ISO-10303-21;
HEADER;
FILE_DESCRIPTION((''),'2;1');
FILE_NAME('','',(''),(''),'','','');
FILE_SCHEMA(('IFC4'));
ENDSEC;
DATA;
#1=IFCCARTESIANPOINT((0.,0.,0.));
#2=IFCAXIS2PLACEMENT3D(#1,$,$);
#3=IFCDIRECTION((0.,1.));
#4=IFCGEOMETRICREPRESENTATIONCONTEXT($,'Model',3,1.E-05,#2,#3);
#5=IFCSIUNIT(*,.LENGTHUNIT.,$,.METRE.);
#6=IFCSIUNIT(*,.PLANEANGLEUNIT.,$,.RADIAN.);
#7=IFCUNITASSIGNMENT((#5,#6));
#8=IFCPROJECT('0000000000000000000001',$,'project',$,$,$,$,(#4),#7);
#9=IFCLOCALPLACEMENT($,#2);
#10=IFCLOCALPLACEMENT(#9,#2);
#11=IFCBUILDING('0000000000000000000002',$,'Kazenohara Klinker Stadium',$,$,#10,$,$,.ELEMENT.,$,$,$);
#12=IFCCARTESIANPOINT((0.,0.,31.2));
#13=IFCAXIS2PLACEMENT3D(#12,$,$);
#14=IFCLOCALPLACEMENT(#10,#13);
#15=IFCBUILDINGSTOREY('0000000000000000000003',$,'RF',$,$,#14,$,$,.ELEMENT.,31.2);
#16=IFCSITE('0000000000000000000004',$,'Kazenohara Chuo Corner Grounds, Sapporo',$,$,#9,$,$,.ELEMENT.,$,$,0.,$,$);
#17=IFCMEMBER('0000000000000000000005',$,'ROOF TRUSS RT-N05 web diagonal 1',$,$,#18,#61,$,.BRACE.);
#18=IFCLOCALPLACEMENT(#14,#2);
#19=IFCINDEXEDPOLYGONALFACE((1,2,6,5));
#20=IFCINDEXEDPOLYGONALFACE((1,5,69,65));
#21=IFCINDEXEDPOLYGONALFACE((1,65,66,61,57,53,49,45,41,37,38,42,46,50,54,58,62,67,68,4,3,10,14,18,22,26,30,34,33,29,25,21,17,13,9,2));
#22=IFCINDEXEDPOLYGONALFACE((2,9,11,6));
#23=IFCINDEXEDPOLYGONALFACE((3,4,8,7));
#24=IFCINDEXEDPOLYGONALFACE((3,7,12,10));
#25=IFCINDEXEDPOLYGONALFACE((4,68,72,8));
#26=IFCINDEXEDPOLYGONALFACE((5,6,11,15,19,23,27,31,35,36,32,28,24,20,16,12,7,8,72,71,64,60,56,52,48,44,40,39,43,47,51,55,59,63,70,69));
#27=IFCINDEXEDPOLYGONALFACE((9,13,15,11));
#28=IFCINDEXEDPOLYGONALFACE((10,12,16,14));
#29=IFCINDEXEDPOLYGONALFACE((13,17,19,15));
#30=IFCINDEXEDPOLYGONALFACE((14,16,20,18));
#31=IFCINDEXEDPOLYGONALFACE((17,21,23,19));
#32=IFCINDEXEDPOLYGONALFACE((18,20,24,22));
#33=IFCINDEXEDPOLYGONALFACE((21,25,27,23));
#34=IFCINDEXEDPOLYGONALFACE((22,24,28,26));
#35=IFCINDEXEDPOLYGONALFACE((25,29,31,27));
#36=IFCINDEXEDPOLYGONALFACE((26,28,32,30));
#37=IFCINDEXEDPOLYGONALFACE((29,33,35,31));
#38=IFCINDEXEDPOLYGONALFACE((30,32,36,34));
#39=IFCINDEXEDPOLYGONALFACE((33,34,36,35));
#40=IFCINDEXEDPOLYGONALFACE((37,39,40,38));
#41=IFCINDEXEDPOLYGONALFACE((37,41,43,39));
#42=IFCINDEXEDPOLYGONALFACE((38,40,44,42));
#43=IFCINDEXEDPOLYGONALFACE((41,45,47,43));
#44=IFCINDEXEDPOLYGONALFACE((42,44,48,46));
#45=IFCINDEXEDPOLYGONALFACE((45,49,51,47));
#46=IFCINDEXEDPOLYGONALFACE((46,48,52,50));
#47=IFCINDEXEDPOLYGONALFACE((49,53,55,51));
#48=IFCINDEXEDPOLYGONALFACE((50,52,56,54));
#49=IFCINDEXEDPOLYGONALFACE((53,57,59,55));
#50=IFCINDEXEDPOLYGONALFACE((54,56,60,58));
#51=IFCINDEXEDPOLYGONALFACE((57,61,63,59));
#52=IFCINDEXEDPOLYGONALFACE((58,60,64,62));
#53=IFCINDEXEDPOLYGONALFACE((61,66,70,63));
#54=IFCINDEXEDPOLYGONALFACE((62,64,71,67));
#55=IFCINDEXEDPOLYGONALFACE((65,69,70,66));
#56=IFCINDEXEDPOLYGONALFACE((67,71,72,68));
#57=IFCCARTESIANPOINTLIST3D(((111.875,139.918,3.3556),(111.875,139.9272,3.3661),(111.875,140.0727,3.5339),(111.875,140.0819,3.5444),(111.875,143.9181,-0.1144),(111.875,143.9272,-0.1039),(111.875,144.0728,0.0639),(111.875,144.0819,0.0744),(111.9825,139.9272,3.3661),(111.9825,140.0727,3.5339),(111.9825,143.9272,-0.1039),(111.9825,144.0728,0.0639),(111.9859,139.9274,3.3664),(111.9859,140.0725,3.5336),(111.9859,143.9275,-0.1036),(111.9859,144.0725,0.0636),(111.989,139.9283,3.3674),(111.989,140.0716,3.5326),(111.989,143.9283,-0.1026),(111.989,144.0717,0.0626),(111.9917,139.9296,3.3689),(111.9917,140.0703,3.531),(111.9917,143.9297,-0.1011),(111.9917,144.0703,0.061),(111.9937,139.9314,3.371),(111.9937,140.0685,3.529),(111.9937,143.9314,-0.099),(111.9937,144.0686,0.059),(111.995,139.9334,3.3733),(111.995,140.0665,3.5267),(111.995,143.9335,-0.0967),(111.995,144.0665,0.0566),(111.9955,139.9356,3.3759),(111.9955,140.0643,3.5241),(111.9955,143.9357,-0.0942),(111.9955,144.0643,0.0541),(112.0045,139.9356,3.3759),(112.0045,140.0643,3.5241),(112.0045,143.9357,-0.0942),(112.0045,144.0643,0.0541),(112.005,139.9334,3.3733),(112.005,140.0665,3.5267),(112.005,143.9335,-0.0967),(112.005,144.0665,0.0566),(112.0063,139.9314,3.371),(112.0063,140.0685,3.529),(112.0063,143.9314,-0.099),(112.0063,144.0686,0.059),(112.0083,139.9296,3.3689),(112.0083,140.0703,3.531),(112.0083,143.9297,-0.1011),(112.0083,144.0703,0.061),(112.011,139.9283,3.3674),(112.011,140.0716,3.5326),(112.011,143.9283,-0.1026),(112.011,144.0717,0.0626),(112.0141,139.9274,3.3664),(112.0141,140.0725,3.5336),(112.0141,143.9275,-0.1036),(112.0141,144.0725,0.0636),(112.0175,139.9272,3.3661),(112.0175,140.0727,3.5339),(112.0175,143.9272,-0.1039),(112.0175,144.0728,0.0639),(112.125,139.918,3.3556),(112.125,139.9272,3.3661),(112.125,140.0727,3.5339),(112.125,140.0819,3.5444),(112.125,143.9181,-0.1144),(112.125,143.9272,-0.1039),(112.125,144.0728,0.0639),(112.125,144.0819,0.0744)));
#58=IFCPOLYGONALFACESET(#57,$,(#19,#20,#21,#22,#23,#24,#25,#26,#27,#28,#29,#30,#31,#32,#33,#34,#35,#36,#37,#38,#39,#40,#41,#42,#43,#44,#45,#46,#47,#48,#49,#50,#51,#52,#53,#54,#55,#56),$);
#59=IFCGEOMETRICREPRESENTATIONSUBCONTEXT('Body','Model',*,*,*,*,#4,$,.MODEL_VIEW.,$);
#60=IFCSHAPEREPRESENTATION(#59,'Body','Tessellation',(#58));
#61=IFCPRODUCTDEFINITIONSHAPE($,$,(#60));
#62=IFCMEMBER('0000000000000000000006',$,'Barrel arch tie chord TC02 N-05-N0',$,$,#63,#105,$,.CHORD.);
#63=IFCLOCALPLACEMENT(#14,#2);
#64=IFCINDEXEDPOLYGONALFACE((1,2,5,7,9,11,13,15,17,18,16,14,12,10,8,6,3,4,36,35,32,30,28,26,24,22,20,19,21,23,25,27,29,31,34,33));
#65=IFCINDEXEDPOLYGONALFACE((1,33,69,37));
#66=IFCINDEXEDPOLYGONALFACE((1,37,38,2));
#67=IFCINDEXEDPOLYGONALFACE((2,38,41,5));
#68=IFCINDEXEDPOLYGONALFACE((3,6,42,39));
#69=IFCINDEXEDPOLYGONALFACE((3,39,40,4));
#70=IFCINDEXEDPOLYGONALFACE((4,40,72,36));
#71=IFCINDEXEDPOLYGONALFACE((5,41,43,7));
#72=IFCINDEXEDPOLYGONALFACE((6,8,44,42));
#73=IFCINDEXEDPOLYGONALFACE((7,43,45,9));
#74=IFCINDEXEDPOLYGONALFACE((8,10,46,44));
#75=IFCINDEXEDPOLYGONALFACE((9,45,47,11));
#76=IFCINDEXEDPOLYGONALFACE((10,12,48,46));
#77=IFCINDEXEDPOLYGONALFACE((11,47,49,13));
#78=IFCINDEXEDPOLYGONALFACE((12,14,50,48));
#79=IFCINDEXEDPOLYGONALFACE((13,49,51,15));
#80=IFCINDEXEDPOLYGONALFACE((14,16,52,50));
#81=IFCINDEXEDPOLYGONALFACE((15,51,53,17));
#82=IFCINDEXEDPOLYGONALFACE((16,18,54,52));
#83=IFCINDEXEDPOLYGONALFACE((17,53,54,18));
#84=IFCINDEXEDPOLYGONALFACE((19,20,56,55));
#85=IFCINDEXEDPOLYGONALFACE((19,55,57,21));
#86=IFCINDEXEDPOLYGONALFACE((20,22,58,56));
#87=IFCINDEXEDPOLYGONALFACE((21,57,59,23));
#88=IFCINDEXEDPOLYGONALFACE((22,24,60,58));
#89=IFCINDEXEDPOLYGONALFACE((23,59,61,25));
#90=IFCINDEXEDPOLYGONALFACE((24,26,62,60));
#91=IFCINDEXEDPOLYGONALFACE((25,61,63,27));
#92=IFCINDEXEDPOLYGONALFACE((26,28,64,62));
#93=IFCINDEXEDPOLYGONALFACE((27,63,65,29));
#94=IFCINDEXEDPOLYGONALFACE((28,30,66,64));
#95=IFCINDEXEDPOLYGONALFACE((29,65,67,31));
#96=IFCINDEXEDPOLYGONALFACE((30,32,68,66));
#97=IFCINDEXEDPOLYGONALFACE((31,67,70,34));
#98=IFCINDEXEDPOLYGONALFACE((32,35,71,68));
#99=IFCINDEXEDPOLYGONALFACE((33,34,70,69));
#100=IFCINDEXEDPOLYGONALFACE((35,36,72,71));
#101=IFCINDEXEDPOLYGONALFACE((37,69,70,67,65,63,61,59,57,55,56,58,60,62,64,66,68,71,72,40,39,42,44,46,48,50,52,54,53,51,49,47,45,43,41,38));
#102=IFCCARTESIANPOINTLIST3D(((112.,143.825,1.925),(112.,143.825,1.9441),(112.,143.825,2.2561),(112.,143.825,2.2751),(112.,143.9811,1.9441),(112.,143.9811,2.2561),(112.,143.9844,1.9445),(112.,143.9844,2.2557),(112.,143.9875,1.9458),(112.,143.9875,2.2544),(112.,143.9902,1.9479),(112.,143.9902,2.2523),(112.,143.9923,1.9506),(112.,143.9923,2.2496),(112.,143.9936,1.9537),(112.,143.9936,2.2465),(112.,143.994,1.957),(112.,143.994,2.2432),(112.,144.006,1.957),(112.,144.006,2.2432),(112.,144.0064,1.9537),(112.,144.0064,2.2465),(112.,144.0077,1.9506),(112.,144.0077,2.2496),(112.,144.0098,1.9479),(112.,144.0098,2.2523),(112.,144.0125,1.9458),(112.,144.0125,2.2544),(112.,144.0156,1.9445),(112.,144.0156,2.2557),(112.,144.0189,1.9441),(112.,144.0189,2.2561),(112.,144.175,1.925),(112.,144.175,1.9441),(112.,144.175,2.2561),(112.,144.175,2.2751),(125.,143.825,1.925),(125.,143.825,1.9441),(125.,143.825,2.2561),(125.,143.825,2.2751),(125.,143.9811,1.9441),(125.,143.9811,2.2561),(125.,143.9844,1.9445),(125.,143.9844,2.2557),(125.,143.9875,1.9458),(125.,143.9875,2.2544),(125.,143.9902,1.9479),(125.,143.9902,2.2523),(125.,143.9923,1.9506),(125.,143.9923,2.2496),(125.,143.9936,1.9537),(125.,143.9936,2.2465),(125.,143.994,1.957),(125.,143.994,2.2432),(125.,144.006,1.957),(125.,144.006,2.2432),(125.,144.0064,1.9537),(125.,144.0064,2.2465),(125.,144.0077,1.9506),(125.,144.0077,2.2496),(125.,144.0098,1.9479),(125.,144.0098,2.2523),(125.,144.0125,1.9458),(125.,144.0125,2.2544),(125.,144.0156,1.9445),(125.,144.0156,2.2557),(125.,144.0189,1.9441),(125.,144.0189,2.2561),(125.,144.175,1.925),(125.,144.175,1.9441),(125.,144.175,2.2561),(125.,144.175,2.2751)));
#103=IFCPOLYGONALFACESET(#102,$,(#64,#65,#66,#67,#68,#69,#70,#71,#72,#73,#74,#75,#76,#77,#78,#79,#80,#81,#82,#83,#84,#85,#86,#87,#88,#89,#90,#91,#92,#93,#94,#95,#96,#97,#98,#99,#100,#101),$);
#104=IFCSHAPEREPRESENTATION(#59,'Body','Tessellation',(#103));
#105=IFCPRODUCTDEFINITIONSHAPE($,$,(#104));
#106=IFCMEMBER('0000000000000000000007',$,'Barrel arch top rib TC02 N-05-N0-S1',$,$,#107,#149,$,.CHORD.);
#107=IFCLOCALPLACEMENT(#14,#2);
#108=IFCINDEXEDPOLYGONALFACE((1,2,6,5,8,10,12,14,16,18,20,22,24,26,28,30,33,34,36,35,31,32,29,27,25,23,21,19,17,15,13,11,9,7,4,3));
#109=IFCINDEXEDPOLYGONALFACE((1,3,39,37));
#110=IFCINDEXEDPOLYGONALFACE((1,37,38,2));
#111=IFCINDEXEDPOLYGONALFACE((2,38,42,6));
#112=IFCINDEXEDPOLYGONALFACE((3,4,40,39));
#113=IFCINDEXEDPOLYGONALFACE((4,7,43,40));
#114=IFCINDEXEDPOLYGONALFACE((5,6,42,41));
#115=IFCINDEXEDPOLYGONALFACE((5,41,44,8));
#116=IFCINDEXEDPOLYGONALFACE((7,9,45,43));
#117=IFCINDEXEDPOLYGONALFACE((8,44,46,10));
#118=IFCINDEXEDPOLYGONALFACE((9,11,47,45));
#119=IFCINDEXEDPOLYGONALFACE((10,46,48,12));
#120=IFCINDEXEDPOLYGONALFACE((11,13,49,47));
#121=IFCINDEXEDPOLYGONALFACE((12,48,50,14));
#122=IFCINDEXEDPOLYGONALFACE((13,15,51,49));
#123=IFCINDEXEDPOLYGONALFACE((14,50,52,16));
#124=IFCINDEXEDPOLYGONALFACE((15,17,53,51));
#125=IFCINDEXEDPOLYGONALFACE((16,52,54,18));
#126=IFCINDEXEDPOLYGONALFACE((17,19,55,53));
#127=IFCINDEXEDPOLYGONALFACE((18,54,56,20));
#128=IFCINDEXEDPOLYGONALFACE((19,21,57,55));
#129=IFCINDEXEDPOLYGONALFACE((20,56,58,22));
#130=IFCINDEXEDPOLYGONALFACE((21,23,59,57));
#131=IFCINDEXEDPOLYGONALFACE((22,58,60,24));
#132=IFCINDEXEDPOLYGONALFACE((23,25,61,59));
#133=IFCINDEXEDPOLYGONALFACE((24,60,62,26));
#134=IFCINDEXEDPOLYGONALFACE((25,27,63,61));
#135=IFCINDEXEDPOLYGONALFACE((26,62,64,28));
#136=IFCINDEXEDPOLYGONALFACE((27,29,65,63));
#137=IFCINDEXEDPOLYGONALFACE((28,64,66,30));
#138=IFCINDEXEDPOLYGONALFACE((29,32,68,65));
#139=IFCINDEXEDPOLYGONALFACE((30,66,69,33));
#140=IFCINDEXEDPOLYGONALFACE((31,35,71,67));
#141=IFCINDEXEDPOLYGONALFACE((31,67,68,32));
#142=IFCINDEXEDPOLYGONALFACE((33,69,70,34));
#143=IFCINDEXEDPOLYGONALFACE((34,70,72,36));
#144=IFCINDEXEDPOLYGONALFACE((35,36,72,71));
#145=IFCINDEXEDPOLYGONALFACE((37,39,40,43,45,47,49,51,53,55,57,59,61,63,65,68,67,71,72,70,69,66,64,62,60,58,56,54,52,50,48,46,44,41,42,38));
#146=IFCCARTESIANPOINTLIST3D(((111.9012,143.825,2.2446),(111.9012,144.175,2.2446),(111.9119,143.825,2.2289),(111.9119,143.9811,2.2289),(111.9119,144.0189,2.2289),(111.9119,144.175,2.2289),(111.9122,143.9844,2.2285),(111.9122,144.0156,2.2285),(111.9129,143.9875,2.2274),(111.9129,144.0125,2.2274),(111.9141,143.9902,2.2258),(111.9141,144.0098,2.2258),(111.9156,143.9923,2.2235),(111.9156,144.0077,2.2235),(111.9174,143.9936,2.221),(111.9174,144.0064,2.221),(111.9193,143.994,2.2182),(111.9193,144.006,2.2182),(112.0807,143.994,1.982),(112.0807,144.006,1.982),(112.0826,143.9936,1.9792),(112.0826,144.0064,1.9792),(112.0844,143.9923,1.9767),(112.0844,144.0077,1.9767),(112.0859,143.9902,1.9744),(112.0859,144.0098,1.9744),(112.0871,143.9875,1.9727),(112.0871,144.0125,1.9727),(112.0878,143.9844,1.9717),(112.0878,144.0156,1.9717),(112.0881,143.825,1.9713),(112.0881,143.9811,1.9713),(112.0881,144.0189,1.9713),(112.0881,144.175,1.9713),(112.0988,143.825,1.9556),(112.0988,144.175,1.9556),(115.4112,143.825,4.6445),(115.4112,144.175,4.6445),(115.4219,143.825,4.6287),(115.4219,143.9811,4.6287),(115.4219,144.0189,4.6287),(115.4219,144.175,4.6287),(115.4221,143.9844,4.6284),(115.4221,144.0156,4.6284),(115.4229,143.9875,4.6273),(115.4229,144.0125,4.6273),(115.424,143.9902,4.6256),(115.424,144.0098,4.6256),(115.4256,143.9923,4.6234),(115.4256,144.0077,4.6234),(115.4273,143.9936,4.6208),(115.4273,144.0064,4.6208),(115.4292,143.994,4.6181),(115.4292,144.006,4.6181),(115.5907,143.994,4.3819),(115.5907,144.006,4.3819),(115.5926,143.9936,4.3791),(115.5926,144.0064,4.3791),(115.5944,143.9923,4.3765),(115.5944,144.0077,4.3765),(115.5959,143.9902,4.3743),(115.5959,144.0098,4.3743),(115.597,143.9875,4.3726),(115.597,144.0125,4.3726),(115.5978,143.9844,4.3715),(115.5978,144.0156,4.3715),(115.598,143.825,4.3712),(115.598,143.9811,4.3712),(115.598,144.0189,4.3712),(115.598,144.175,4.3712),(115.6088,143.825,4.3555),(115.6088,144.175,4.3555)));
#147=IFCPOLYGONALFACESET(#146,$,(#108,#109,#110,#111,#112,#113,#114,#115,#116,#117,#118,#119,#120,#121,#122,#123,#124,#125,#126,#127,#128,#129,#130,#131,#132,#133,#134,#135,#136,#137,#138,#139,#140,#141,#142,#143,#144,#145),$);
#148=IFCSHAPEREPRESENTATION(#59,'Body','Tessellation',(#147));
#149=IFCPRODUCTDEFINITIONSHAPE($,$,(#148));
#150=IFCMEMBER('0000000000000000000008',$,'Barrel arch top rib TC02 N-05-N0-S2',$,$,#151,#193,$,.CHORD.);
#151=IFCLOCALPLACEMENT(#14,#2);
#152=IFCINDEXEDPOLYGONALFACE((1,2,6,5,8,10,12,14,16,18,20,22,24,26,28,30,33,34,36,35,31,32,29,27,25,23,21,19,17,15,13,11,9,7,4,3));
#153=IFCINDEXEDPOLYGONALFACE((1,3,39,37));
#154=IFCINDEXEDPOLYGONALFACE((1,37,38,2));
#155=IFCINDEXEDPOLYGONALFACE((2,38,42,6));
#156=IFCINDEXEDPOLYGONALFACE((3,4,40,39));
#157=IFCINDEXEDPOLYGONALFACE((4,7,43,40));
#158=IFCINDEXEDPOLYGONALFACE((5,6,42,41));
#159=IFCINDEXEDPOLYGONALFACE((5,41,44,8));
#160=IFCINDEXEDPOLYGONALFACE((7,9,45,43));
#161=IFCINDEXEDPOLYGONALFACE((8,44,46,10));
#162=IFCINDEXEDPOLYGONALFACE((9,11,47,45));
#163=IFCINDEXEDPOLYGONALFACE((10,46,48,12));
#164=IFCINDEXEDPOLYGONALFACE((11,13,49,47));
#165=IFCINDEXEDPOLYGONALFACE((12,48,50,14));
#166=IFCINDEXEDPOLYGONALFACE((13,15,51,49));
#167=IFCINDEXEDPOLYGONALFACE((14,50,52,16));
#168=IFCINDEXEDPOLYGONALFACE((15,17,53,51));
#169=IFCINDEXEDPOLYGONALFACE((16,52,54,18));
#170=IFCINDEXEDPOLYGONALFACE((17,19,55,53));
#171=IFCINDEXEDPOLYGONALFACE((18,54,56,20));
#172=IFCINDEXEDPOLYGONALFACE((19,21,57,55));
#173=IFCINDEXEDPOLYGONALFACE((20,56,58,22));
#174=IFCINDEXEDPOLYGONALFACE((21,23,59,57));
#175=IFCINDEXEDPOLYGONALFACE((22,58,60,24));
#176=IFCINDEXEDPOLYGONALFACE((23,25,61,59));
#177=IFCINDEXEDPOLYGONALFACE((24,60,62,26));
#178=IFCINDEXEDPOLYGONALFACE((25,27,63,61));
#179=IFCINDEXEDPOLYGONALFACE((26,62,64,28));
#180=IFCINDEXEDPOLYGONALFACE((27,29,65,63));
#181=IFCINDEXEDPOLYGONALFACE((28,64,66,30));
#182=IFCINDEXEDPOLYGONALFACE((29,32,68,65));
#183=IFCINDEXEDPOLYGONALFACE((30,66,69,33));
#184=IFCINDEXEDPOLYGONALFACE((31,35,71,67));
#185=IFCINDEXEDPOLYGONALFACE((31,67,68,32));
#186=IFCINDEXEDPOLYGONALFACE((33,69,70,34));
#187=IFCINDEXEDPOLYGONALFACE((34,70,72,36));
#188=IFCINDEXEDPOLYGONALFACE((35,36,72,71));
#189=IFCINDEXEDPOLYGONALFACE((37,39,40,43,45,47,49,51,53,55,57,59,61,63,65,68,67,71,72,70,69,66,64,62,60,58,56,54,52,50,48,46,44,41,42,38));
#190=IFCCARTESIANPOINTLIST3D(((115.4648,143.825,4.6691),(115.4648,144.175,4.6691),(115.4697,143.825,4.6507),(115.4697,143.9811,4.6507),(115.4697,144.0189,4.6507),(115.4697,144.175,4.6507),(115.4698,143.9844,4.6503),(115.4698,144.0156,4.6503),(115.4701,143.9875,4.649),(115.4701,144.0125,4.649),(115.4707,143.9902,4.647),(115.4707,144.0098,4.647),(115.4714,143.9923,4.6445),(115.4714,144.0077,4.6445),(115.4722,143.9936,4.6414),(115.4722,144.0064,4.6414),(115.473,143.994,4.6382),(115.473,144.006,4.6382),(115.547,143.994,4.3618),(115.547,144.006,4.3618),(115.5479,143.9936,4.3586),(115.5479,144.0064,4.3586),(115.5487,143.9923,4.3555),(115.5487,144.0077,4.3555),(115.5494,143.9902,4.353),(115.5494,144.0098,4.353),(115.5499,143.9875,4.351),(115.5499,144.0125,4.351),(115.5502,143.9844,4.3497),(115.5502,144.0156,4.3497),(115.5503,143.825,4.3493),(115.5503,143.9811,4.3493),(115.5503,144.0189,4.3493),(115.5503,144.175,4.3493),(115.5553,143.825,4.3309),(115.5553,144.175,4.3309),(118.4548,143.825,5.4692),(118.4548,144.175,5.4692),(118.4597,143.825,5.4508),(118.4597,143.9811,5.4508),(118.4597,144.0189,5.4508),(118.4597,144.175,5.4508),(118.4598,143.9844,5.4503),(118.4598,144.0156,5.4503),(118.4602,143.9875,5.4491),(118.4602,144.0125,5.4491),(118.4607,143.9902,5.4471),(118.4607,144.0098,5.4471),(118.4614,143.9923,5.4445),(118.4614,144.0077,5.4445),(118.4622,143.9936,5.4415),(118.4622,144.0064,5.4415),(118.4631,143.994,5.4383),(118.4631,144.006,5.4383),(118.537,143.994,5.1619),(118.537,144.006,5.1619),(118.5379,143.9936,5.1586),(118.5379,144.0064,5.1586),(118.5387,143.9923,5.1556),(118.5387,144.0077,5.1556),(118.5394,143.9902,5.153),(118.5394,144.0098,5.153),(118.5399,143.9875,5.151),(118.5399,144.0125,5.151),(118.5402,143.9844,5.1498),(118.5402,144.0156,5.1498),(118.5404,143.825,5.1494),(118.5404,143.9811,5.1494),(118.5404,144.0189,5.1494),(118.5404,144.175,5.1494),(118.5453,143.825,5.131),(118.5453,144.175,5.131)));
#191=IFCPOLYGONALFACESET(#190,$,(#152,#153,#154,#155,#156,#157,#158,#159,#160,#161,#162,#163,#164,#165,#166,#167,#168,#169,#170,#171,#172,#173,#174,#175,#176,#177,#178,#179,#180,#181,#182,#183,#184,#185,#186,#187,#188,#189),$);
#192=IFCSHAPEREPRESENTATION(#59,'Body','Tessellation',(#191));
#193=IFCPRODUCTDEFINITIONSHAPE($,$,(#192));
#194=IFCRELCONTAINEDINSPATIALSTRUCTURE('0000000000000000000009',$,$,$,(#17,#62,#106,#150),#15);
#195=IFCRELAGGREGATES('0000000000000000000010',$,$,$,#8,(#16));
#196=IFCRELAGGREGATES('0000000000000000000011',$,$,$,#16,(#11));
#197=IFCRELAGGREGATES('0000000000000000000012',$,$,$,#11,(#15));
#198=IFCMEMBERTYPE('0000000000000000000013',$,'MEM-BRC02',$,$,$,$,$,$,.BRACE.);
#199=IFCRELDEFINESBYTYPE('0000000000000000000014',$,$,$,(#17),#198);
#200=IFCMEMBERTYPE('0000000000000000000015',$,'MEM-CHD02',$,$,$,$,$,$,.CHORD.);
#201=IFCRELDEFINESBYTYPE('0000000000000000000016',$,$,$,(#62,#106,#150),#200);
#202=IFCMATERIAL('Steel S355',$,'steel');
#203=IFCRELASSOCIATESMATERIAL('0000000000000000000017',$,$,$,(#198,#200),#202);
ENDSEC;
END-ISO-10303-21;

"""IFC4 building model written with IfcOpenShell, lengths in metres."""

from ifc_helpers import new_model, si_unit, direction, frame, origin, origin_2d, place, context, subcontext, project, spatial, i_section, extrude, material, material_profile, profile_set, type_object, element, save


model = new_model("IFC4")

# Units and contexts
model_context = context("Model", 3, precision=1e-05, world=origin(), true_north=direction((0.0, 1.0)))
body_context = subcontext(model_context, "Body", "Model", "MODEL_VIEW")
ifc_project = project(units=[si_unit("LENGTHUNIT", "METRE"), si_unit("PLANEANGLEUNIT", "RADIAN")], contexts=[model_context])

# Site, building, storey
site_placement = place(None, origin())
site = spatial("IfcSite", under=ifc_project, at=site_placement, Name="Kazenohara Chuo Corner Grounds, Sapporo", CompositionType="ELEMENT", RefElevation=0.0)
building_placement = place(site_placement, origin())
building = spatial("IfcBuilding", under=site, at=building_placement, Name="Kazenohara Klinker Stadium", CompositionType="ELEMENT")
storey_placement = place(building_placement, frame((0.0, 0.0, 31.2)))
storey = spatial("IfcBuildingStorey", under=building, at=storey_placement, Name="RF", CompositionType="ELEMENT", Elevation=31.2)

# Members
ifc_material_1 = material(Name="Steel S355", Category="steel")
ifc_material_profile_1 = material_profile(ifc_material_1, i_section(OverallWidth=0.25, OverallDepth=0.25, WebThickness=0.009, FlangeThickness=0.0139, FilletRadius=0.0129, at=origin_2d()), Name="H-250x250x9x14")
ifc_profile_set_1 = profile_set([ifc_material_profile_1], Name="Steel S355")
member_type_1 = type_object("IfcMemberType", Name="MEM-BRC02", PredefinedType="BRACE", material=ifc_profile_set_1)
member_1_placement = place(storey_placement, frame((112.0, 144.0, -0.02), z_axis=(0.0, -0.75538, 0.655287), x_axis=(1.0, 0.0, 0.0)))
element("IfcMember", 1, at=member_1_placement, inside=storey, type_object=member_type_1, Name="ROOF TRUSS RT-N05 web diagonal 1", PredefinedType="BRACE", context=body_context, shape_type="SweptSolid", body=[
    extrude(i_section(OverallWidth=0.25, OverallDepth=0.25, WebThickness=0.009, FlangeThickness=0.0139, FilletRadius=0.0129, at=origin_2d()), origin(), (0.0, 0.0, 1.0), 5.2954),
])
ifc_material_profile_2 = material_profile(ifc_material_1, i_section(OverallWidth=0.3501, OverallDepth=0.3501, WebThickness=0.012, FlangeThickness=0.019, FilletRadius=0.0129, at=origin_2d()), Name="H-350x350x12x19")
ifc_profile_set_2 = profile_set([ifc_material_profile_2], Name="Steel S355")
member_type_2 = type_object("IfcMemberType", Name="MEM-CHD02", PredefinedType="CHORD", material=ifc_profile_set_2)
member_2_placement = place(storey_placement, frame((112.0, 144.0, 2.1001), z_axis=(1.0, 0.0, 0.0), x_axis=(0.0, 1.0, 0.0)))
element("IfcMember", 2, at=member_2_placement, inside=storey, type_object=member_type_2, Name="Barrel arch tie chord TC02 N-05-N0", PredefinedType="CHORD", context=body_context, shape_type="SweptSolid", body=[
    extrude(i_section(OverallWidth=0.3501, OverallDepth=0.3501, WebThickness=0.012, FlangeThickness=0.019, FilletRadius=0.0129, at=origin_2d()), origin(), (0.0, 0.0, 1.0), 13.0),
])
member_3_placement = place(storey_placement, frame((112.0, 144.0, 2.1001), z_axis=(0.825492, 0.0, 0.564414), x_axis=(0.0, 1.0, 0.0)))
element("IfcMember", 3, at=member_3_placement, inside=storey, type_object=member_type_2, Name="Barrel arch top rib TC02 N-05-N0-S1", PredefinedType="CHORD", context=body_context, shape_type="SweptSolid", body=[
    extrude(i_section(OverallWidth=0.3501, OverallDepth=0.3501, WebThickness=0.012, FlangeThickness=0.019, FilletRadius=0.0129, at=origin_2d()), origin(), (0.0, 0.0, 1.0), 4.252),
])
for number, where, z_axis, x_axis, name in (
    (4, (115.51, 144.0, 4.5), (0.966016, 0.0, 0.258482), (0.0, 1.0, 0.0), "Barrel arch top rib TC02 N-05-N0-S2"),
):
    element("IfcMember", number, at=place(storey_placement, frame(where, z_axis=z_axis, x_axis=x_axis)), inside=storey, type_object=member_type_2, Name=name, PredefinedType="CHORD", context=body_context, shape_type="SweptSolid", body=[
        extrude(i_section(OverallWidth=0.3501, OverallDepth=0.3501, WebThickness=0.012, FlangeThickness=0.019, FilletRadius=0.0129, at=origin_2d()), origin(), (0.0, 0.0, 1.0), 3.0952),
    ])

save(model, "model.ifc")
